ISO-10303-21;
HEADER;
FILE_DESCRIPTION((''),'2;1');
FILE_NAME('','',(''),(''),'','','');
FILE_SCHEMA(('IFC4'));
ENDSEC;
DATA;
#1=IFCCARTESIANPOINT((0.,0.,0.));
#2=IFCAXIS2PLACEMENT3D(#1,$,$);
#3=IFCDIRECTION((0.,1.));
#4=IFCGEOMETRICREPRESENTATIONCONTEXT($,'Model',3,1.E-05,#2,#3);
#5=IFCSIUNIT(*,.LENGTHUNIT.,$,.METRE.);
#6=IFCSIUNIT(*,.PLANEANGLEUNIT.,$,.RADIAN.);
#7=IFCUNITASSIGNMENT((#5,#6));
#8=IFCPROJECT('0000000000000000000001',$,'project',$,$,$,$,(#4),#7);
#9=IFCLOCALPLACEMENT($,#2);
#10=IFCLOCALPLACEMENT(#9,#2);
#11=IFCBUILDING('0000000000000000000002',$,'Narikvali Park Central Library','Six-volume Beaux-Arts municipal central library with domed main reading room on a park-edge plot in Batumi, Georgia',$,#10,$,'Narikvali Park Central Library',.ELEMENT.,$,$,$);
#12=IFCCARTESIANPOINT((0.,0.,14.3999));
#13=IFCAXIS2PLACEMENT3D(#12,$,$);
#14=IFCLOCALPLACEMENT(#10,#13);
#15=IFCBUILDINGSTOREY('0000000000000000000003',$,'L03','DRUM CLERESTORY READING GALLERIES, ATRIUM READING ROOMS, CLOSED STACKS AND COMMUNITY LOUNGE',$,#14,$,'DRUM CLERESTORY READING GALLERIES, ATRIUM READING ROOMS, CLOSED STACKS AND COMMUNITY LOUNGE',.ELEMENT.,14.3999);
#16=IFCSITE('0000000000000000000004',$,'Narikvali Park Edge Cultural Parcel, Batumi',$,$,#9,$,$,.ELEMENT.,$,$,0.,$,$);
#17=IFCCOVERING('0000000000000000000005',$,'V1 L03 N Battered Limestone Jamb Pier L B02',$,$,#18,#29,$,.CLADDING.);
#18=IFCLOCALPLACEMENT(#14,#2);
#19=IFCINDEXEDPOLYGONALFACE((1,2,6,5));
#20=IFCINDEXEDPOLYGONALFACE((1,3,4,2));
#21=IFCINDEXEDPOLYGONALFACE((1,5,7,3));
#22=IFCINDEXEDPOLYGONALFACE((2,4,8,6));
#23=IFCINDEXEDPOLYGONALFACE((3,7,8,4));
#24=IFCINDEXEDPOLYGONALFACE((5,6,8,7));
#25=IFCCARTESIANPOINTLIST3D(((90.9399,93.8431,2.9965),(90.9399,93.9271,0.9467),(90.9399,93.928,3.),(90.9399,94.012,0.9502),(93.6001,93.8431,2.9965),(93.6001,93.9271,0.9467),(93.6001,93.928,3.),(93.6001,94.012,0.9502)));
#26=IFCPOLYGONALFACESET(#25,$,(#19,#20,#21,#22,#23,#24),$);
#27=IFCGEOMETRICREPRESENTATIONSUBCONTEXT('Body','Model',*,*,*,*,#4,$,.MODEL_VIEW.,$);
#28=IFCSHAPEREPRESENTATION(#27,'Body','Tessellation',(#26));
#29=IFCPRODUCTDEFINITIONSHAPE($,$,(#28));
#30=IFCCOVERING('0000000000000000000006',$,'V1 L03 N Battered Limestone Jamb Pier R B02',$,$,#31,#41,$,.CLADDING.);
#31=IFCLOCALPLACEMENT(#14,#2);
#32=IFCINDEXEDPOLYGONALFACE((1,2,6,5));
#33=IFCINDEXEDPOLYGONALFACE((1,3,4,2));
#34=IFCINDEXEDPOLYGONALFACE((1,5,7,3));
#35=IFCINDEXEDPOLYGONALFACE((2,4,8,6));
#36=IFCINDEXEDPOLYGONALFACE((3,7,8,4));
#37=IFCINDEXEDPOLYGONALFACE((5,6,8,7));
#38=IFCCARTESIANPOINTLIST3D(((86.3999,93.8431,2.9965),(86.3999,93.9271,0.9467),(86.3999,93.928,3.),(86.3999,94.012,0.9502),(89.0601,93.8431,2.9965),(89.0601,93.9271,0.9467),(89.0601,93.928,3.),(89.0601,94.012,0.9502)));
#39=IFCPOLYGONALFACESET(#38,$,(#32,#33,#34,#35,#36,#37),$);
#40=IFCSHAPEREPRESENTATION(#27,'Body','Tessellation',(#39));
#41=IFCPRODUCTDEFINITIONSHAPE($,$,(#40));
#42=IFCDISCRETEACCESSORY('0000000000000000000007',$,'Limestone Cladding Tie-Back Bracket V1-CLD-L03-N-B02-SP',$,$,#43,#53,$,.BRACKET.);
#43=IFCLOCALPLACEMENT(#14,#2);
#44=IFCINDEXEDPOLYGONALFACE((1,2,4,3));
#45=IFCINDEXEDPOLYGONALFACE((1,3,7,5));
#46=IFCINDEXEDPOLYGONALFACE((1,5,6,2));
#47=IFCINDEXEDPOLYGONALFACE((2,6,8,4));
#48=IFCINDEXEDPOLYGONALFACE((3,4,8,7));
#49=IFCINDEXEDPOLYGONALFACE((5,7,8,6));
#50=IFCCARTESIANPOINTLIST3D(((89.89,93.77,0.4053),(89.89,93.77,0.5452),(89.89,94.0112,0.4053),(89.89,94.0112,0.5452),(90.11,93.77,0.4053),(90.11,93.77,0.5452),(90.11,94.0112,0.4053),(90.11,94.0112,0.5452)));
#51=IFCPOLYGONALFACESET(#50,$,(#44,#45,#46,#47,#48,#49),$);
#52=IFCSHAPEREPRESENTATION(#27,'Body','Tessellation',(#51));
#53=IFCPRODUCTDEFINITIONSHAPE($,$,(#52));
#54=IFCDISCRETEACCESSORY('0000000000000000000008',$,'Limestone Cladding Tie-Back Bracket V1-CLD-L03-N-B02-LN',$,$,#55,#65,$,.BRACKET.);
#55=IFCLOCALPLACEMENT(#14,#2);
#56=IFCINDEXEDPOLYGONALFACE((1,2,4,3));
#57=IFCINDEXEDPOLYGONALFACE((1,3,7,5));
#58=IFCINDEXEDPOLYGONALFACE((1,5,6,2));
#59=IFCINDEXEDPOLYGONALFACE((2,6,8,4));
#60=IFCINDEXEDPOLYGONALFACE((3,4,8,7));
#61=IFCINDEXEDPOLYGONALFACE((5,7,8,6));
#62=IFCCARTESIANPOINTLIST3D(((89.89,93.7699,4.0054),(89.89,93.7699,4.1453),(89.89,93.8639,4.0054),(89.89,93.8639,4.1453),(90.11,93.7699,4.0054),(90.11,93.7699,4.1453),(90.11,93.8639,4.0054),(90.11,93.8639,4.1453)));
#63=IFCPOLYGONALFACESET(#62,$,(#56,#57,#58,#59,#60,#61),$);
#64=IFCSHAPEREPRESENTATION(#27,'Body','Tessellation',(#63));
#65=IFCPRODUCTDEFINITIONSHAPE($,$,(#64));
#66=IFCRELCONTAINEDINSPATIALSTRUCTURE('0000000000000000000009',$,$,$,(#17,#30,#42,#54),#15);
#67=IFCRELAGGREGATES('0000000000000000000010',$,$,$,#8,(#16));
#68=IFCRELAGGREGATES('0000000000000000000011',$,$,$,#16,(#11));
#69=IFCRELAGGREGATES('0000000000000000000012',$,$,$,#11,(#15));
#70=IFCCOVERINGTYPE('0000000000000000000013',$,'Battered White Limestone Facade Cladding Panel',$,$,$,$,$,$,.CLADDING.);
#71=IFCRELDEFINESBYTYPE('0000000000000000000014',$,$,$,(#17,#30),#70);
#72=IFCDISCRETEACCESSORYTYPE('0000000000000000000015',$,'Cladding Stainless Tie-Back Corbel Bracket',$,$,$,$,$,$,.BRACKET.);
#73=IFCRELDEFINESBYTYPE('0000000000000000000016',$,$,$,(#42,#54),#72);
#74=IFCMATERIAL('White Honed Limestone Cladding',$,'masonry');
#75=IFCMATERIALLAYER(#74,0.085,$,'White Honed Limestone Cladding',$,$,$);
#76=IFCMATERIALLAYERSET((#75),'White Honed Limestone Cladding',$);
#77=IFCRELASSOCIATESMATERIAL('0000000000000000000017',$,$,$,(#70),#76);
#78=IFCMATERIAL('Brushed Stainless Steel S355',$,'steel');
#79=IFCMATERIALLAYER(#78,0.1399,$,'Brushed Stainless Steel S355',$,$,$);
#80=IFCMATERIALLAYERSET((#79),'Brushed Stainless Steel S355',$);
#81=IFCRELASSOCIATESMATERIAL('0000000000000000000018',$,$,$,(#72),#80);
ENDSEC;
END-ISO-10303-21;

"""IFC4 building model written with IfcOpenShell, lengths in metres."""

from ifc_helpers import new_model, si_unit, direction, frame, origin, origin_2d, place, context, subcontext, project, spatial, polyline, rectangle, outline, extrude, material, layer, layer_set, type_object, element, save


model = new_model("IFC4")

# Units and contexts
model_context = context("Model", 3, precision=1e-05, world=origin(), true_north=direction((0.0, 1.0)))
body_context = subcontext(model_context, "Body", "Model", "MODEL_VIEW")
ifc_project = project(units=[si_unit("LENGTHUNIT", "METRE"), si_unit("PLANEANGLEUNIT", "RADIAN")], contexts=[model_context])

# Site, building, storey
site_placement = place(None, origin())
site = spatial("IfcSite", under=ifc_project, at=site_placement, Name="Narikvali Park Edge Cultural Parcel, Batumi", CompositionType="ELEMENT", RefElevation=0.0)
building_placement = place(site_placement, origin())
building = spatial("IfcBuilding", under=site, at=building_placement, Name="Narikvali Park Central Library", Description="Six-volume Beaux-Arts municipal central library with domed main reading room on a park-edge plot in Batumi, Georgia", LongName="Narikvali Park Central Library", CompositionType="ELEMENT")
storey_placement = place(building_placement, frame((0.0, 0.0, 14.3999)))
storey = spatial("IfcBuildingStorey", under=building, at=storey_placement, Name="L03", Description="DRUM CLERESTORY READING GALLERIES, ATRIUM READING ROOMS, CLOSED STACKS AND COMMUNITY LOUNGE", LongName="DRUM CLERESTORY READING GALLERIES, ATRIUM READING ROOMS, CLOSED STACKS AND COMMUNITY LOUNGE", CompositionType="ELEMENT", Elevation=14.3999)

# Shared definitions
ifc_material_1 = material(Name="Brushed Stainless Steel S355", Category="steel")

# Coverings
ifc_material_2 = material(Name="White Honed Limestone Cladding", Category="masonry")
ifc_layer_1 = layer(ifc_material_2, 0.085, Name="White Honed Limestone Cladding")
ifc_layer_set_1 = layer_set([ifc_layer_1], Name="White Honed Limestone Cladding")
covering_type = type_object("IfcCoveringType", Name="Battered White Limestone Facade Cladding Panel", PredefinedType="CLADDING", material=ifc_layer_set_1)
for number, where, z_axis, x_axis, name in (
    (1, (93.6001, 94.012, 0.9502), (0.0, 0.999162, 0.040938), (-1.0, 0.0, 0.0), "V1 L03 N Battered Limestone Jamb Pier L B02"),
    (2, (89.0601, 94.012, 0.9502), (0.0, 0.999162, 0.040938), (-1.0, 0.0, 0.0), "V1 L03 N Battered Limestone Jamb Pier R B02"),
):
    element("IfcCovering", number, at=place(storey_placement, frame(where, z_axis=z_axis, x_axis=x_axis)), inside=storey, type_object=covering_type, Name=name, PredefinedType="CLADDING", context=body_context, shape_type="SweptSolid", body=[
        extrude(outline(polyline([(0.0, 0.0), (2.6602, 0.0), (2.6602, 2.0515), (0.0, 2.0515), (0.0, 0.0)])), origin(), (0.0, 0.0, -1.0), 0.085),
    ])

# Discrete accessories
ifc_layer_2 = layer(ifc_material_1, 0.1399, Name="Brushed Stainless Steel S355")
ifc_layer_set_2 = layer_set([ifc_layer_2], Name="Brushed Stainless Steel S355")
discrete_accessory_type = type_object("IfcDiscreteAccessoryType", Name="Cladding Stainless Tie-Back Corbel Bracket", PredefinedType="BRACKET", material=ifc_layer_set_2)
discrete_accessory_1_placement = place(storey_placement, frame((90.0, 93.8906, 0.4053), z_axis=(0.0, 0.0, 1.0), x_axis=(1.0, 0.0, 0.0)))
element("IfcDiscreteAccessory", 3, at=discrete_accessory_1_placement, inside=storey, type_object=discrete_accessory_type, Name="Limestone Cladding Tie-Back Bracket V1-CLD-L03-N-B02-SP", PredefinedType="BRACKET", context=body_context, shape_type="SweptSolid", body=[
    extrude(rectangle(XDim=0.22, YDim=0.2412, at=origin_2d()), origin(), (0.0, 0.0, 1.0), 0.1399),
])
discrete_accessory_2_placement = place(storey_placement, frame((90.0, 93.8169, 4.0054), z_axis=(0.0, 0.0, 1.0), x_axis=(1.0, 0.0, 0.0)))
element("IfcDiscreteAccessory", 4, at=discrete_accessory_2_placement, inside=storey, type_object=discrete_accessory_type, Name="Limestone Cladding Tie-Back Bracket V1-CLD-L03-N-B02-LN", PredefinedType="BRACKET", context=body_context, shape_type="SweptSolid", body=[
    extrude(rectangle(XDim=0.22, YDim=0.094, at=origin_2d()), origin(), (0.0, 0.0, 1.0), 0.1399),
])

save(model, "model.ifc")
